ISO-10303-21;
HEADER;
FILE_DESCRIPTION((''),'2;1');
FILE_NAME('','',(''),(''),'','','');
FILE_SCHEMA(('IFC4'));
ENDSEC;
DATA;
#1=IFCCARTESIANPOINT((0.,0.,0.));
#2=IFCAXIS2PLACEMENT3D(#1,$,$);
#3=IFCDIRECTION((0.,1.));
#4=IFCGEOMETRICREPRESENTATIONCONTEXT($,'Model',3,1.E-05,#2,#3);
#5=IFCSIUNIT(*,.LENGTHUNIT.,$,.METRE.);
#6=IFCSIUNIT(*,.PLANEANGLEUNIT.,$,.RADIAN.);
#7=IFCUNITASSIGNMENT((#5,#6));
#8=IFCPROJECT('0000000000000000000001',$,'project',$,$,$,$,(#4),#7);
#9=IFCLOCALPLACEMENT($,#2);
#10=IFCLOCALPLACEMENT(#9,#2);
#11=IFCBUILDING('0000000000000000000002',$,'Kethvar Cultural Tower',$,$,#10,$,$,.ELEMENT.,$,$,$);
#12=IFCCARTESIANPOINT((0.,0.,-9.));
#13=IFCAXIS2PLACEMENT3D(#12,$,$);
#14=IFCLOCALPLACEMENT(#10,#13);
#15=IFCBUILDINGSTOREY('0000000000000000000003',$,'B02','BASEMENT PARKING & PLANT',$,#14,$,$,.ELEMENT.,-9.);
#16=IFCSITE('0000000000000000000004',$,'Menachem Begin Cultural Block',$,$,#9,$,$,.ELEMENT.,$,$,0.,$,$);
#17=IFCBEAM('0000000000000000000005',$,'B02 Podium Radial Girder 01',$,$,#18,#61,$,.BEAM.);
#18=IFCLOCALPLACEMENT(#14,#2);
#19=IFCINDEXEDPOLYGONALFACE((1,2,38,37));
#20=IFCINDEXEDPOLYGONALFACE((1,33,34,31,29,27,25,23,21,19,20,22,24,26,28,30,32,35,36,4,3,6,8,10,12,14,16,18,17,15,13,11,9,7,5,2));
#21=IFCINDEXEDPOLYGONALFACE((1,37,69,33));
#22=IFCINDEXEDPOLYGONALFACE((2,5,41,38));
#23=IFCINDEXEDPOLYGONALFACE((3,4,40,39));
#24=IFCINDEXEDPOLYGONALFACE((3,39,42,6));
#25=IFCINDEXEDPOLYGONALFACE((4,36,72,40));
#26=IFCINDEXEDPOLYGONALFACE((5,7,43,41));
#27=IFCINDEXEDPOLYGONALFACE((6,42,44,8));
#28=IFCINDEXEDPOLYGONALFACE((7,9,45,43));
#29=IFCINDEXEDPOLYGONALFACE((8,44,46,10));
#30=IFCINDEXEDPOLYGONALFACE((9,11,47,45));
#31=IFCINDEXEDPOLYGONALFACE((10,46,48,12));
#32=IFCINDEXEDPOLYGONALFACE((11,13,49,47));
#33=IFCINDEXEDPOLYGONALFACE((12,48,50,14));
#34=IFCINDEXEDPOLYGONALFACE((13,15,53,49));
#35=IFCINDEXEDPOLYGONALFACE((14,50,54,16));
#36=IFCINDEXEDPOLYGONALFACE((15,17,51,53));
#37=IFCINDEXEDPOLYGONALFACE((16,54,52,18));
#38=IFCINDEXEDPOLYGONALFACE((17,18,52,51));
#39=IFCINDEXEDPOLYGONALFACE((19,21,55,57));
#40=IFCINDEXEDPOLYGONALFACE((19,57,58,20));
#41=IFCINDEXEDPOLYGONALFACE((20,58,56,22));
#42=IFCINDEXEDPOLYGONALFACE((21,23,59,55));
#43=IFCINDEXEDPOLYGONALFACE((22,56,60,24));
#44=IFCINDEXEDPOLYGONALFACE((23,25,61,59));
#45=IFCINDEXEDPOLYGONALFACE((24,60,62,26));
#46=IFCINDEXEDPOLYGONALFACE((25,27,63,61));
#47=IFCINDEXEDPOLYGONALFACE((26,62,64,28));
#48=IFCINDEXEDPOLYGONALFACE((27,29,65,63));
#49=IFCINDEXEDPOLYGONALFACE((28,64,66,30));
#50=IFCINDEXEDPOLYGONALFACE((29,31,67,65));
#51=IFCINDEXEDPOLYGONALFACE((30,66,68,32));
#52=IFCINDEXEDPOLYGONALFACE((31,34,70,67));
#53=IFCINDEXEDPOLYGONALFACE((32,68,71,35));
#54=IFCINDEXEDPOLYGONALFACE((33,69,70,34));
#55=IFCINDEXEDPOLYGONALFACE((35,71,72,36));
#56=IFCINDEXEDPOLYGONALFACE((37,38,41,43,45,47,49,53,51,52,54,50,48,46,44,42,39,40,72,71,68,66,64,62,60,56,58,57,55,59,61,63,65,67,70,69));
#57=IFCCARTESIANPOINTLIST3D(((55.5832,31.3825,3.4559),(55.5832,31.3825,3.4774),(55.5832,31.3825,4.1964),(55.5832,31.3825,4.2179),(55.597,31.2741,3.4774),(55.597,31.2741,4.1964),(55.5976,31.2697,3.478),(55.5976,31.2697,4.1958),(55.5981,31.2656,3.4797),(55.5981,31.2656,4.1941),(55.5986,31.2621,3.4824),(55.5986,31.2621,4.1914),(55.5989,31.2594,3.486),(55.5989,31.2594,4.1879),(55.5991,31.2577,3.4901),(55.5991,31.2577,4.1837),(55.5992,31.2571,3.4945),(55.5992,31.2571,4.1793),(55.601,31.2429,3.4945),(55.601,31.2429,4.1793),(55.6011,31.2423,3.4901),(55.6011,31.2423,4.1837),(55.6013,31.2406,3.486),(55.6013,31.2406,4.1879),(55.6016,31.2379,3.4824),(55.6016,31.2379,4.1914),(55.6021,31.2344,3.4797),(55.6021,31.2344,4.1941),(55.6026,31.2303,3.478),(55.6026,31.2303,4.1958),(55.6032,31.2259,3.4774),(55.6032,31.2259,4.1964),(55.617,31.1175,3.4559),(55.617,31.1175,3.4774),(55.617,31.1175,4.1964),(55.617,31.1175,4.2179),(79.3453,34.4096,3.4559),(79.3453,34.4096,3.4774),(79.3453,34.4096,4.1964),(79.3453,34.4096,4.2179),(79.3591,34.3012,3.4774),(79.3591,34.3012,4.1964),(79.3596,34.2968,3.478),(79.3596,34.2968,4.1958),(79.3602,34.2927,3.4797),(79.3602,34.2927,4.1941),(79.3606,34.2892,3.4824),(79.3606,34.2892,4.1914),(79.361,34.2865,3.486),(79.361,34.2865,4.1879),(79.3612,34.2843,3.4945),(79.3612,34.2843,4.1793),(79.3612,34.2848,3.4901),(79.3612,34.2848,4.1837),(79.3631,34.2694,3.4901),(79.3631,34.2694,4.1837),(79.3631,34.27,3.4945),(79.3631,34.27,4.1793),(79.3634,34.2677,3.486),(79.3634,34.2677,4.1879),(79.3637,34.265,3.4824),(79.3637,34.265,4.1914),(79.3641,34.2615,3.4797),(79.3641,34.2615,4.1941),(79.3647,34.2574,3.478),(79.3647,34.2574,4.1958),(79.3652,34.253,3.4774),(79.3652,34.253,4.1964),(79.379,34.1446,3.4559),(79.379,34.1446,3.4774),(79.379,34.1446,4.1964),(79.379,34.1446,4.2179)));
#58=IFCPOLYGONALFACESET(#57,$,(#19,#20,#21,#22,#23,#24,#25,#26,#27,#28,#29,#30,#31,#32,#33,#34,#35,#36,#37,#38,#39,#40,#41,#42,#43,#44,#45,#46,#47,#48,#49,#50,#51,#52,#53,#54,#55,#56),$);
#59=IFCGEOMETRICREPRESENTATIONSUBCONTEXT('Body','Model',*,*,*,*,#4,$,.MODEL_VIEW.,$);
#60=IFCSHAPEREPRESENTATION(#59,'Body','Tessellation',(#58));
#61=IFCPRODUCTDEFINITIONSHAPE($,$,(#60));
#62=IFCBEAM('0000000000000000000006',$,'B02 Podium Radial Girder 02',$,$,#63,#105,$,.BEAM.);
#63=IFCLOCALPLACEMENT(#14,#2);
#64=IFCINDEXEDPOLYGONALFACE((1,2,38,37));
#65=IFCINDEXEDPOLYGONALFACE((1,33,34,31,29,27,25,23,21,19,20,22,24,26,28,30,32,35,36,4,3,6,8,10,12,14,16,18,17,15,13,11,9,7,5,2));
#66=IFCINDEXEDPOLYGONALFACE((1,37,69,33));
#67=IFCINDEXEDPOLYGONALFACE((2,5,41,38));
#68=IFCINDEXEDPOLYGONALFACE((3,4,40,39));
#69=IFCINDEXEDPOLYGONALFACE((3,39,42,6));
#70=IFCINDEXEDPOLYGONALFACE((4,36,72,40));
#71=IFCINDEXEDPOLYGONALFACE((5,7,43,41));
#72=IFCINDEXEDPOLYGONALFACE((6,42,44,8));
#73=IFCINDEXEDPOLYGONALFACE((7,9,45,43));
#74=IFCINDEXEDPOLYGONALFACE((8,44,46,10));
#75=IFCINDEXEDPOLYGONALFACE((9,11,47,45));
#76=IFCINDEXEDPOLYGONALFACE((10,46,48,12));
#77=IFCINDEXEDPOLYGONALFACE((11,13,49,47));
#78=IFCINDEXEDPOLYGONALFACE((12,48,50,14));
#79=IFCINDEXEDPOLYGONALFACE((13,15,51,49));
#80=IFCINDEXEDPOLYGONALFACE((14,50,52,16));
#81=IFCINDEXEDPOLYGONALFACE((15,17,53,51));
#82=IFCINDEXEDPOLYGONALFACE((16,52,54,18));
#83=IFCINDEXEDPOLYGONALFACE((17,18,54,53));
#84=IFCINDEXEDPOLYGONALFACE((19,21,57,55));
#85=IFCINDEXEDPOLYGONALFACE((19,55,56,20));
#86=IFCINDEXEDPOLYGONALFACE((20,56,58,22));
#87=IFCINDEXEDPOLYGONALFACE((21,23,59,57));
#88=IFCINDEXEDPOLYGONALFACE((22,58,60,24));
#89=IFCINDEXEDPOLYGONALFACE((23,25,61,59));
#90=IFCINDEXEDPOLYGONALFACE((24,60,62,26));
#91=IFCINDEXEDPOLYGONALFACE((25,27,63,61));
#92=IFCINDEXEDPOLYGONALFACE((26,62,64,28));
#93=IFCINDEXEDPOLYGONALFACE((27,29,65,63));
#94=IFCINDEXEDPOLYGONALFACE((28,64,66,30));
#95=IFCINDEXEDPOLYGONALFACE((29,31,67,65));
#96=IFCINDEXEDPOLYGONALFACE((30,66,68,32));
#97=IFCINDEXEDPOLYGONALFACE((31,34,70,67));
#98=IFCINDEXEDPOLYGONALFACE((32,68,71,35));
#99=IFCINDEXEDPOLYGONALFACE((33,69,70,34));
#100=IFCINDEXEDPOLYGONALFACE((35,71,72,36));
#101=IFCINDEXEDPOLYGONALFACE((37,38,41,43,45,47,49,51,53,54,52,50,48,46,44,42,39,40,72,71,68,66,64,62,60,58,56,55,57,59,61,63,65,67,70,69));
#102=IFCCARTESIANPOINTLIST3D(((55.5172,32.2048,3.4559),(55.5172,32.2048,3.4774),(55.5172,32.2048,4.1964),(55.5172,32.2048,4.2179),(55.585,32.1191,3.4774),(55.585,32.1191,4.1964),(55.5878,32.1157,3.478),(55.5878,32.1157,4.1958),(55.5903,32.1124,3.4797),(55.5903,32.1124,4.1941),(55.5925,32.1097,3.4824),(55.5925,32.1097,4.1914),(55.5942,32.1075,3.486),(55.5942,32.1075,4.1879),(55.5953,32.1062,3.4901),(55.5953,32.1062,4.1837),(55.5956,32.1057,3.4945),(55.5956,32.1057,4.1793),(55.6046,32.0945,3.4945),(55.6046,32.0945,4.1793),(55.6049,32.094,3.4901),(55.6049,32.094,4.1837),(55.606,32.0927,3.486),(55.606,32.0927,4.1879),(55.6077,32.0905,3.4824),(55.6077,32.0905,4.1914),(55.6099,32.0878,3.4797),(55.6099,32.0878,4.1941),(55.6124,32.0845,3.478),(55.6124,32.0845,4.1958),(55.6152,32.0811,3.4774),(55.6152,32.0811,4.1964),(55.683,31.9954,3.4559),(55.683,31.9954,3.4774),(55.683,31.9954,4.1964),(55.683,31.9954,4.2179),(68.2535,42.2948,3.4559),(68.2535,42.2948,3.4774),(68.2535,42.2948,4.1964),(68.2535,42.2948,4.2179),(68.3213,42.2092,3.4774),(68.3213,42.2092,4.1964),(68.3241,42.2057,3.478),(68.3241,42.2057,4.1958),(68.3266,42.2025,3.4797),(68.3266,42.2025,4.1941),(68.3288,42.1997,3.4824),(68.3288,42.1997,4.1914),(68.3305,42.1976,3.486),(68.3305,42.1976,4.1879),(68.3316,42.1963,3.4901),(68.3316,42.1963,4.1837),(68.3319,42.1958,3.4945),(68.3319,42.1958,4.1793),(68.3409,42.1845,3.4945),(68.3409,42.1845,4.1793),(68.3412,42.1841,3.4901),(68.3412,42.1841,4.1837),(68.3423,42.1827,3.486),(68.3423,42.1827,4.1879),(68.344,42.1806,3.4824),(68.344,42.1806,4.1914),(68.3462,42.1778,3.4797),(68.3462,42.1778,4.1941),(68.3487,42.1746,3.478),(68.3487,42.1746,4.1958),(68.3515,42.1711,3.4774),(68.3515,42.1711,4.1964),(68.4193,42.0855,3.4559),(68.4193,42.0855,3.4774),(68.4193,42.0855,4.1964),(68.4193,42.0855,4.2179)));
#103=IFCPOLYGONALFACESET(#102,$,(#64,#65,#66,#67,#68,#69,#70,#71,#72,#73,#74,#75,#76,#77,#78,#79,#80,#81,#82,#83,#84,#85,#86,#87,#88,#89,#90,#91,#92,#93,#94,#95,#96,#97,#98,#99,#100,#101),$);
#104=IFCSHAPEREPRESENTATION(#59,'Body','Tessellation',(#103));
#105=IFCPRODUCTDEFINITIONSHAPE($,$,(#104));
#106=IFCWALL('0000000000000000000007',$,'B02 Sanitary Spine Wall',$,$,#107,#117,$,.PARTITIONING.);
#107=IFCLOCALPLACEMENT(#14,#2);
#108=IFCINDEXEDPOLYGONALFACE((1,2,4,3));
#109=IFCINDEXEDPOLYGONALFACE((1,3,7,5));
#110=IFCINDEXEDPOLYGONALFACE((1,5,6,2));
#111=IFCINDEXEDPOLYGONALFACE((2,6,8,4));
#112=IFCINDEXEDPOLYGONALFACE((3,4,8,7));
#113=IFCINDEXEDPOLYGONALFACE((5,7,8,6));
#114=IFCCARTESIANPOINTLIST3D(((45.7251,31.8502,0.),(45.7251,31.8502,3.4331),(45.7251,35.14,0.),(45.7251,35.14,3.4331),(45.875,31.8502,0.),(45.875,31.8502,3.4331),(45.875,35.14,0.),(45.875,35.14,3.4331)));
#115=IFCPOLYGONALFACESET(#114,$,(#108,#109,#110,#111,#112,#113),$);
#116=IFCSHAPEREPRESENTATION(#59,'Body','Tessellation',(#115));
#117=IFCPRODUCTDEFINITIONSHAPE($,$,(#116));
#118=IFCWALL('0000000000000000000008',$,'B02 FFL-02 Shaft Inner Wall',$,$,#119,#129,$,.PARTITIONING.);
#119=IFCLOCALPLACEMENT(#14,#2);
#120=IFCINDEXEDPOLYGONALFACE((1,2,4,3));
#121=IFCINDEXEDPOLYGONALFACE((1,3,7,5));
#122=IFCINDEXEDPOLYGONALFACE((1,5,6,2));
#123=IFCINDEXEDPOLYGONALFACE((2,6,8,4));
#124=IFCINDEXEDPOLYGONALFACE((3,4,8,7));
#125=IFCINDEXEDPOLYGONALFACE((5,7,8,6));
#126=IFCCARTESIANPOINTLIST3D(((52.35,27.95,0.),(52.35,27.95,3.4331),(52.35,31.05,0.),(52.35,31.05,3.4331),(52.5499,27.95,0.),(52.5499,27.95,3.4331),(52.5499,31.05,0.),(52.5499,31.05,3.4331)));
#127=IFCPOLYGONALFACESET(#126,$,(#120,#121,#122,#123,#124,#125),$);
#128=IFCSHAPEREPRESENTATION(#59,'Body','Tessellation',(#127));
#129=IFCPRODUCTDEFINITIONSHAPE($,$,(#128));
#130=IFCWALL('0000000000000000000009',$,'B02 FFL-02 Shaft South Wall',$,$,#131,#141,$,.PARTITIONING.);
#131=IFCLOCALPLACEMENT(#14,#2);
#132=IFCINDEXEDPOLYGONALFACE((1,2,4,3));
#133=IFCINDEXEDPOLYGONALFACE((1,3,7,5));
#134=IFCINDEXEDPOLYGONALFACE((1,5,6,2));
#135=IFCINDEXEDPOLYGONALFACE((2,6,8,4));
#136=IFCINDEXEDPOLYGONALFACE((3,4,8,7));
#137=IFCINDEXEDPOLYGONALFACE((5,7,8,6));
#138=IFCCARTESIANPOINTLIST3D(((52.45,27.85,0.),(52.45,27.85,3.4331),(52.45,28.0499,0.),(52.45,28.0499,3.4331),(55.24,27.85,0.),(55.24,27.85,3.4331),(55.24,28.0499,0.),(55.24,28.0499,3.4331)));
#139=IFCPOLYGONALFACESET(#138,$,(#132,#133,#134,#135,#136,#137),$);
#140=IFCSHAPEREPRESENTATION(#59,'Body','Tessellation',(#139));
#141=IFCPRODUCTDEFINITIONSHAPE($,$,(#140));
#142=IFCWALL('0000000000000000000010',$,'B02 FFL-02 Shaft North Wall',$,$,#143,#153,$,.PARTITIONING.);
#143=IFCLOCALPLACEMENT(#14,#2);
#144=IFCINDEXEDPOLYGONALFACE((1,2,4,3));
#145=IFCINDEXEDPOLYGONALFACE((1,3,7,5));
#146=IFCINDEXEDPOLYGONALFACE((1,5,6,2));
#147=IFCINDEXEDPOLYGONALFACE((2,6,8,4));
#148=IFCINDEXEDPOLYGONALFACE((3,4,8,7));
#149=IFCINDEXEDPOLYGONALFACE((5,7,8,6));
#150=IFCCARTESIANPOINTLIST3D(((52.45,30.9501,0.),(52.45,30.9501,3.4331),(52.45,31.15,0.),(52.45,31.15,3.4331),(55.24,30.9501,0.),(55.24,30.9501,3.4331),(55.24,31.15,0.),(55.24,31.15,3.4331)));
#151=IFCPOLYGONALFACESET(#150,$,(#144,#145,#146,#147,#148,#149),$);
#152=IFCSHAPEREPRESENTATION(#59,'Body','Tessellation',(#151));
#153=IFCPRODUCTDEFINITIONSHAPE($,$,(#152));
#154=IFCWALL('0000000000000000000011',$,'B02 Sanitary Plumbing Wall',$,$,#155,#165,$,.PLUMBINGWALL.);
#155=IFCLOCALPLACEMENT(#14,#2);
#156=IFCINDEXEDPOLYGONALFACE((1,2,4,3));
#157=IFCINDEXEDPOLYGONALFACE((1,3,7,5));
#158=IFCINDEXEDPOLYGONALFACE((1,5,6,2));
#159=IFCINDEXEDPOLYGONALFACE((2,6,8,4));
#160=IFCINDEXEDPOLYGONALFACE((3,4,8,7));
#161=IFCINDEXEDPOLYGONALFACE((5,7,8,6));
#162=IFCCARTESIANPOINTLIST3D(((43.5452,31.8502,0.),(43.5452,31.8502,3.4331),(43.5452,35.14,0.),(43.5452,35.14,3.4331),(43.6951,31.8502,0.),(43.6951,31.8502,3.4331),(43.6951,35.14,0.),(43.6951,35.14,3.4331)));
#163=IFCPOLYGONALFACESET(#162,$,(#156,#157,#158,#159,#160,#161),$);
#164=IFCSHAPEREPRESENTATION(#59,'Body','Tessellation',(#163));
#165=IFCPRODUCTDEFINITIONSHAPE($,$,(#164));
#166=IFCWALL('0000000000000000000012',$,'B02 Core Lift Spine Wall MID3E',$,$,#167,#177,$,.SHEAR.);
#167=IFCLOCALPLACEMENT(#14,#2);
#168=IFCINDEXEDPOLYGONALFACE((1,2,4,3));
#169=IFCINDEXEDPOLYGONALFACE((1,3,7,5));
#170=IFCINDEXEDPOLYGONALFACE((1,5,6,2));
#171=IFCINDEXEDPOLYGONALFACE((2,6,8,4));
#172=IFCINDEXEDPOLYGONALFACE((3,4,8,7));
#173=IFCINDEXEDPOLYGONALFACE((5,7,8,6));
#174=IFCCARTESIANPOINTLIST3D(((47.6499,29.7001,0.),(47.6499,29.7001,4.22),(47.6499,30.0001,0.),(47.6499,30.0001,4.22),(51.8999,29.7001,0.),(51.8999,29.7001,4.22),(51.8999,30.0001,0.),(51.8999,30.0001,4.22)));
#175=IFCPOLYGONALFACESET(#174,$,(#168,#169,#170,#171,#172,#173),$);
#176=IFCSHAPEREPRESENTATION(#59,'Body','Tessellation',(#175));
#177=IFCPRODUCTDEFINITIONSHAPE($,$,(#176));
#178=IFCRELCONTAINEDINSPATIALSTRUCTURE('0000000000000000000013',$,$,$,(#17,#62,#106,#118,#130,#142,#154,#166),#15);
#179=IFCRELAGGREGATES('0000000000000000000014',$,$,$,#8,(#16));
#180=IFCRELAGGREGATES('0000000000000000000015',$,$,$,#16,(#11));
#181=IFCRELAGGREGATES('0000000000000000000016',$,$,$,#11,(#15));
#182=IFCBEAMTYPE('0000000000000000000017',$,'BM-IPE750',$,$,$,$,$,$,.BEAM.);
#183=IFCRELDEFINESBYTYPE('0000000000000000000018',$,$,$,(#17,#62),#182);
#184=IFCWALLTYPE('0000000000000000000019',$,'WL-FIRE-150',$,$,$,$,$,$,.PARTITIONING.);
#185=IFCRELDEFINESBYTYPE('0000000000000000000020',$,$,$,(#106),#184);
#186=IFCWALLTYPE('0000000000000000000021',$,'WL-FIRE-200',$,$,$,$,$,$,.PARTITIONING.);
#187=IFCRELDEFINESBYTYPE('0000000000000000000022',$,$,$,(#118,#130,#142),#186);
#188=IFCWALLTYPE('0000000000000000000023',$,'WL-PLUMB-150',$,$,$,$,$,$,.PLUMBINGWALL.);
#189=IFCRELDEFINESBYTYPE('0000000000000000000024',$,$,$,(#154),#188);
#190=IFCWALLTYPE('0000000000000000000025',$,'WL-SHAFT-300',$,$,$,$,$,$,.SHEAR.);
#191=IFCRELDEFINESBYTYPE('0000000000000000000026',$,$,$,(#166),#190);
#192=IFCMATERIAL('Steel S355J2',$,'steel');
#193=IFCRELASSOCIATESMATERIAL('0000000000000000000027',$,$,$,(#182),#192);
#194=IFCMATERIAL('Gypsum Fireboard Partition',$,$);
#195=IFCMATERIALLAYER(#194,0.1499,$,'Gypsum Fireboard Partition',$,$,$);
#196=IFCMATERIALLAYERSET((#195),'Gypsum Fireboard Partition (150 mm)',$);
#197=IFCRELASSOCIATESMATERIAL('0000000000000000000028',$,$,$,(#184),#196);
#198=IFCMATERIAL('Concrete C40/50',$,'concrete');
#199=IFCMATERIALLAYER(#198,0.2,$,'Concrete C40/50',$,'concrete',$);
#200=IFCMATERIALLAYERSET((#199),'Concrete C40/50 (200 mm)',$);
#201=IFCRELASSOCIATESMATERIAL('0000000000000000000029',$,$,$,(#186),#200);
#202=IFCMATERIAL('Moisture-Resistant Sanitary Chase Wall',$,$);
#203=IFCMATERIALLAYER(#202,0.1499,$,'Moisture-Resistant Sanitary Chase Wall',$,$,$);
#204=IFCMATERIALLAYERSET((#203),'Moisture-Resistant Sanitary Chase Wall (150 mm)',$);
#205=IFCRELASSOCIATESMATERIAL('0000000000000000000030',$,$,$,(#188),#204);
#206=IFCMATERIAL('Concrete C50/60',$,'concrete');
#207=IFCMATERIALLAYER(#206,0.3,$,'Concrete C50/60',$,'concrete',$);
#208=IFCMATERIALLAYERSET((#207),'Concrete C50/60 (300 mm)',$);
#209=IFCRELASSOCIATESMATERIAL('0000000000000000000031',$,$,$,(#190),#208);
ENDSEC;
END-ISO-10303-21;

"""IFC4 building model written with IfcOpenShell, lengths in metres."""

from ifc_helpers import new_model, si_unit, direction, frame, frame_2d, origin, origin_2d, place, context, subcontext, project, spatial, rectangle, i_section, extrude, source, transform, mapped, material, layer, layer_set, material_profile, profile_set, type_object, element, save


model = new_model("IFC4")

# Units and contexts
model_context = context("Model", 3, precision=1e-05, world=origin(), true_north=direction((0.0, 1.0)))
body_context = subcontext(model_context, "Body", "Model", "MODEL_VIEW")
ifc_project = project(units=[si_unit("LENGTHUNIT", "METRE"), si_unit("PLANEANGLEUNIT", "RADIAN")], contexts=[model_context])

# Site, building, storey
site_placement = place(None, origin())
site = spatial("IfcSite", under=ifc_project, at=site_placement, Name="Menachem Begin Cultural Block", CompositionType="ELEMENT", RefElevation=0.0)
building_placement = place(site_placement, origin())
building = spatial("IfcBuilding", under=site, at=building_placement, Name="Kethvar Cultural Tower", CompositionType="ELEMENT")
storey_placement = place(building_placement, frame((0.0, 0.0, -9.0)))
storey = spatial("IfcBuildingStorey", under=building, at=storey_placement, Name="B02", Description="BASEMENT PARKING & PLANT", CompositionType="ELEMENT", Elevation=-9.0)

# Beams
ifc_material_1 = material(Name="Steel S355J2", Category="steel")
ifc_material_profile_1 = material_profile(ifc_material_1, i_section(OverallWidth=0.2671, OverallDepth=0.762, WebThickness=0.0144, FlangeThickness=0.0215, FilletRadius=0.0171, at=origin_2d()), Name="Steel S355J2 — IPE750x173")
ifc_profile_set_1 = profile_set([ifc_material_profile_1], Name="Steel S355J2 — IPE750x173")
beam_type = type_object("IfcBeamType", Name="BM-IPE750", PredefinedType="BEAM", material=ifc_profile_set_1)
shared_shape_1 = source(origin(), body_context, "Body", "SweptSolid", [
    extrude(i_section(OverallWidth=0.2671, OverallDepth=0.762, WebThickness=0.0144, FlangeThickness=0.0215, FilletRadius=0.0171, at=origin_2d()), origin(), (0.0, 0.0, 1.0), 23.9541),
])
beam_1_placement = place(storey_placement, frame((55.6001, 31.25, 3.8369), z_axis=(0.991983, 0.126371, 0.0), x_axis=(-0.126371, 0.991983, 0.0)))
element("IfcBeam", 1, at=beam_1_placement, inside=storey, type_object=beam_type, Name="B02 Podium Radial Girder 01", PredefinedType="BEAM", context=body_context, shape_type="MappedRepresentation", body=[
    mapped(shared_shape_1, transform((0.0, 0.0, 0.0), scale=1.0)),
])
shared_shape_2 = source(origin(), body_context, "Body", "SweptSolid", [
    extrude(i_section(OverallWidth=0.2671, OverallDepth=0.762, WebThickness=0.0144, FlangeThickness=0.0215, FilletRadius=0.0171, at=origin_2d()), origin(), (0.0, 0.0, 1.0), 16.2488),
])
beam_2_placement = place(storey_placement, frame((55.6001, 32.1001, 3.8369), z_axis=(0.783831, 0.620974, 0.0), x_axis=(-0.620974, 0.783831, 0.0)))
element("IfcBeam", 2, at=beam_2_placement, inside=storey, type_object=beam_type, Name="B02 Podium Radial Girder 02", PredefinedType="BEAM", context=body_context, shape_type="MappedRepresentation", body=[
    mapped(shared_shape_2, transform((0.0, 0.0, 0.0), scale=1.0)),
])

# Walls
ifc_material_2 = material(Name="Gypsum Fireboard Partition")
ifc_layer_1 = layer(ifc_material_2, 0.1499, Name="Gypsum Fireboard Partition")
ifc_layer_set_1 = layer_set([ifc_layer_1], Name="Gypsum Fireboard Partition (150 mm)")
wall_type_1 = type_object("IfcWallType", Name="WL-FIRE-150", PredefinedType="PARTITIONING", material=ifc_layer_set_1)
wall_1_placement = place(storey_placement, frame((45.8, 31.8501, 0.0), z_axis=(0.0, 0.0, 1.0), x_axis=(0.0, 1.0, 0.0)))
element("IfcWall", 3, at=wall_1_placement, inside=storey, type_object=wall_type_1, Name="B02 Sanitary Spine Wall", PredefinedType="PARTITIONING", context=body_context, shape_type="SweptSolid", body=[
    extrude(rectangle(XDim=3.2898, YDim=0.1499, at=frame_2d((1.645, 0.0))), origin(), (0.0, 0.0, 1.0), 3.4331),
])
ifc_material_3 = material(Name="Concrete C40/50", Category="concrete")
ifc_layer_2 = layer(ifc_material_3, 0.2, Name="Concrete C40/50", Category="concrete")
ifc_layer_set_2 = layer_set([ifc_layer_2], Name="Concrete C40/50 (200 mm)")
wall_type_2 = type_object("IfcWallType", Name="WL-FIRE-200", PredefinedType="PARTITIONING", material=ifc_layer_set_2)
wall_2_placement = place(storey_placement, frame((52.45, 27.95, 0.0), z_axis=(0.0, 0.0, 1.0), x_axis=(0.0, 1.0, 0.0)))
element("IfcWall", 4, at=wall_2_placement, inside=storey, type_object=wall_type_2, Name="B02 FFL-02 Shaft Inner Wall", PredefinedType="PARTITIONING", context=body_context, shape_type="SweptSolid", body=[
    extrude(rectangle(XDim=3.1001, YDim=0.2, at=frame_2d((1.55, 0.0))), origin(), (0.0, 0.0, 1.0), 3.4331),
])
for number, where, z_axis, x_axis, name in (
    (5, (52.45, 27.95, 0.0), (0.0, 0.0, 1.0), (1.0, 0.0, 0.0), "B02 FFL-02 Shaft South Wall"),
    (6, (52.45, 31.05, 0.0), (0.0, 0.0, 1.0), (1.0, 0.0, 0.0), "B02 FFL-02 Shaft North Wall"),
):
    element("IfcWall", number, at=place(storey_placement, frame(where, z_axis=z_axis, x_axis=x_axis)), inside=storey, type_object=wall_type_2, Name=name, PredefinedType="PARTITIONING", context=body_context, shape_type="SweptSolid", body=[
        extrude(rectangle(XDim=2.79, YDim=0.2, at=frame_2d((1.395, 0.0))), origin(), (0.0, 0.0, 1.0), 3.4331),
    ])
ifc_material_4 = material(Name="Moisture-Resistant Sanitary Chase Wall")
ifc_layer_3 = layer(ifc_material_4, 0.1499, Name="Moisture-Resistant Sanitary Chase Wall")
ifc_layer_set_3 = layer_set([ifc_layer_3], Name="Moisture-Resistant Sanitary Chase Wall (150 mm)")
wall_type_3 = type_object("IfcWallType", Name="WL-PLUMB-150", PredefinedType="PLUMBINGWALL", material=ifc_layer_set_3)
wall_3_placement = place(storey_placement, frame((43.6201, 31.8501, 0.0), z_axis=(0.0, 0.0, 1.0), x_axis=(0.0, 1.0, 0.0)))
element("IfcWall", 7, at=wall_3_placement, inside=storey, type_object=wall_type_3, Name="B02 Sanitary Plumbing Wall", PredefinedType="PLUMBINGWALL", context=body_context, shape_type="SweptSolid", body=[
    extrude(rectangle(XDim=3.2898, YDim=0.1499, at=frame_2d((1.645, 0.0))), origin(), (0.0, 0.0, 1.0), 3.4331),
])
ifc_material_5 = material(Name="Concrete C50/60", Category="concrete")
ifc_layer_4 = layer(ifc_material_5, 0.3, Name="Concrete C50/60", Category="concrete")
ifc_layer_set_4 = layer_set([ifc_layer_4], Name="Concrete C50/60 (300 mm)")
wall_type_4 = type_object("IfcWallType", Name="WL-SHAFT-300", PredefinedType="SHEAR", material=ifc_layer_set_4)
wall_4_placement = place(storey_placement, frame((47.6499, 29.8501, 0.0), z_axis=(0.0, 0.0, 1.0), x_axis=(1.0, 0.0, 0.0)))
element("IfcWall", 8, at=wall_4_placement, inside=storey, type_object=wall_type_4, Name="B02 Core Lift Spine Wall MID3E", PredefinedType="SHEAR", context=body_context, shape_type="SweptSolid", body=[
    extrude(rectangle(XDim=4.25, YDim=0.3, at=frame_2d((2.125, 0.0))), origin(), (0.0, 0.0, 1.0), 4.22),
])

save(model, "model.ifc")
